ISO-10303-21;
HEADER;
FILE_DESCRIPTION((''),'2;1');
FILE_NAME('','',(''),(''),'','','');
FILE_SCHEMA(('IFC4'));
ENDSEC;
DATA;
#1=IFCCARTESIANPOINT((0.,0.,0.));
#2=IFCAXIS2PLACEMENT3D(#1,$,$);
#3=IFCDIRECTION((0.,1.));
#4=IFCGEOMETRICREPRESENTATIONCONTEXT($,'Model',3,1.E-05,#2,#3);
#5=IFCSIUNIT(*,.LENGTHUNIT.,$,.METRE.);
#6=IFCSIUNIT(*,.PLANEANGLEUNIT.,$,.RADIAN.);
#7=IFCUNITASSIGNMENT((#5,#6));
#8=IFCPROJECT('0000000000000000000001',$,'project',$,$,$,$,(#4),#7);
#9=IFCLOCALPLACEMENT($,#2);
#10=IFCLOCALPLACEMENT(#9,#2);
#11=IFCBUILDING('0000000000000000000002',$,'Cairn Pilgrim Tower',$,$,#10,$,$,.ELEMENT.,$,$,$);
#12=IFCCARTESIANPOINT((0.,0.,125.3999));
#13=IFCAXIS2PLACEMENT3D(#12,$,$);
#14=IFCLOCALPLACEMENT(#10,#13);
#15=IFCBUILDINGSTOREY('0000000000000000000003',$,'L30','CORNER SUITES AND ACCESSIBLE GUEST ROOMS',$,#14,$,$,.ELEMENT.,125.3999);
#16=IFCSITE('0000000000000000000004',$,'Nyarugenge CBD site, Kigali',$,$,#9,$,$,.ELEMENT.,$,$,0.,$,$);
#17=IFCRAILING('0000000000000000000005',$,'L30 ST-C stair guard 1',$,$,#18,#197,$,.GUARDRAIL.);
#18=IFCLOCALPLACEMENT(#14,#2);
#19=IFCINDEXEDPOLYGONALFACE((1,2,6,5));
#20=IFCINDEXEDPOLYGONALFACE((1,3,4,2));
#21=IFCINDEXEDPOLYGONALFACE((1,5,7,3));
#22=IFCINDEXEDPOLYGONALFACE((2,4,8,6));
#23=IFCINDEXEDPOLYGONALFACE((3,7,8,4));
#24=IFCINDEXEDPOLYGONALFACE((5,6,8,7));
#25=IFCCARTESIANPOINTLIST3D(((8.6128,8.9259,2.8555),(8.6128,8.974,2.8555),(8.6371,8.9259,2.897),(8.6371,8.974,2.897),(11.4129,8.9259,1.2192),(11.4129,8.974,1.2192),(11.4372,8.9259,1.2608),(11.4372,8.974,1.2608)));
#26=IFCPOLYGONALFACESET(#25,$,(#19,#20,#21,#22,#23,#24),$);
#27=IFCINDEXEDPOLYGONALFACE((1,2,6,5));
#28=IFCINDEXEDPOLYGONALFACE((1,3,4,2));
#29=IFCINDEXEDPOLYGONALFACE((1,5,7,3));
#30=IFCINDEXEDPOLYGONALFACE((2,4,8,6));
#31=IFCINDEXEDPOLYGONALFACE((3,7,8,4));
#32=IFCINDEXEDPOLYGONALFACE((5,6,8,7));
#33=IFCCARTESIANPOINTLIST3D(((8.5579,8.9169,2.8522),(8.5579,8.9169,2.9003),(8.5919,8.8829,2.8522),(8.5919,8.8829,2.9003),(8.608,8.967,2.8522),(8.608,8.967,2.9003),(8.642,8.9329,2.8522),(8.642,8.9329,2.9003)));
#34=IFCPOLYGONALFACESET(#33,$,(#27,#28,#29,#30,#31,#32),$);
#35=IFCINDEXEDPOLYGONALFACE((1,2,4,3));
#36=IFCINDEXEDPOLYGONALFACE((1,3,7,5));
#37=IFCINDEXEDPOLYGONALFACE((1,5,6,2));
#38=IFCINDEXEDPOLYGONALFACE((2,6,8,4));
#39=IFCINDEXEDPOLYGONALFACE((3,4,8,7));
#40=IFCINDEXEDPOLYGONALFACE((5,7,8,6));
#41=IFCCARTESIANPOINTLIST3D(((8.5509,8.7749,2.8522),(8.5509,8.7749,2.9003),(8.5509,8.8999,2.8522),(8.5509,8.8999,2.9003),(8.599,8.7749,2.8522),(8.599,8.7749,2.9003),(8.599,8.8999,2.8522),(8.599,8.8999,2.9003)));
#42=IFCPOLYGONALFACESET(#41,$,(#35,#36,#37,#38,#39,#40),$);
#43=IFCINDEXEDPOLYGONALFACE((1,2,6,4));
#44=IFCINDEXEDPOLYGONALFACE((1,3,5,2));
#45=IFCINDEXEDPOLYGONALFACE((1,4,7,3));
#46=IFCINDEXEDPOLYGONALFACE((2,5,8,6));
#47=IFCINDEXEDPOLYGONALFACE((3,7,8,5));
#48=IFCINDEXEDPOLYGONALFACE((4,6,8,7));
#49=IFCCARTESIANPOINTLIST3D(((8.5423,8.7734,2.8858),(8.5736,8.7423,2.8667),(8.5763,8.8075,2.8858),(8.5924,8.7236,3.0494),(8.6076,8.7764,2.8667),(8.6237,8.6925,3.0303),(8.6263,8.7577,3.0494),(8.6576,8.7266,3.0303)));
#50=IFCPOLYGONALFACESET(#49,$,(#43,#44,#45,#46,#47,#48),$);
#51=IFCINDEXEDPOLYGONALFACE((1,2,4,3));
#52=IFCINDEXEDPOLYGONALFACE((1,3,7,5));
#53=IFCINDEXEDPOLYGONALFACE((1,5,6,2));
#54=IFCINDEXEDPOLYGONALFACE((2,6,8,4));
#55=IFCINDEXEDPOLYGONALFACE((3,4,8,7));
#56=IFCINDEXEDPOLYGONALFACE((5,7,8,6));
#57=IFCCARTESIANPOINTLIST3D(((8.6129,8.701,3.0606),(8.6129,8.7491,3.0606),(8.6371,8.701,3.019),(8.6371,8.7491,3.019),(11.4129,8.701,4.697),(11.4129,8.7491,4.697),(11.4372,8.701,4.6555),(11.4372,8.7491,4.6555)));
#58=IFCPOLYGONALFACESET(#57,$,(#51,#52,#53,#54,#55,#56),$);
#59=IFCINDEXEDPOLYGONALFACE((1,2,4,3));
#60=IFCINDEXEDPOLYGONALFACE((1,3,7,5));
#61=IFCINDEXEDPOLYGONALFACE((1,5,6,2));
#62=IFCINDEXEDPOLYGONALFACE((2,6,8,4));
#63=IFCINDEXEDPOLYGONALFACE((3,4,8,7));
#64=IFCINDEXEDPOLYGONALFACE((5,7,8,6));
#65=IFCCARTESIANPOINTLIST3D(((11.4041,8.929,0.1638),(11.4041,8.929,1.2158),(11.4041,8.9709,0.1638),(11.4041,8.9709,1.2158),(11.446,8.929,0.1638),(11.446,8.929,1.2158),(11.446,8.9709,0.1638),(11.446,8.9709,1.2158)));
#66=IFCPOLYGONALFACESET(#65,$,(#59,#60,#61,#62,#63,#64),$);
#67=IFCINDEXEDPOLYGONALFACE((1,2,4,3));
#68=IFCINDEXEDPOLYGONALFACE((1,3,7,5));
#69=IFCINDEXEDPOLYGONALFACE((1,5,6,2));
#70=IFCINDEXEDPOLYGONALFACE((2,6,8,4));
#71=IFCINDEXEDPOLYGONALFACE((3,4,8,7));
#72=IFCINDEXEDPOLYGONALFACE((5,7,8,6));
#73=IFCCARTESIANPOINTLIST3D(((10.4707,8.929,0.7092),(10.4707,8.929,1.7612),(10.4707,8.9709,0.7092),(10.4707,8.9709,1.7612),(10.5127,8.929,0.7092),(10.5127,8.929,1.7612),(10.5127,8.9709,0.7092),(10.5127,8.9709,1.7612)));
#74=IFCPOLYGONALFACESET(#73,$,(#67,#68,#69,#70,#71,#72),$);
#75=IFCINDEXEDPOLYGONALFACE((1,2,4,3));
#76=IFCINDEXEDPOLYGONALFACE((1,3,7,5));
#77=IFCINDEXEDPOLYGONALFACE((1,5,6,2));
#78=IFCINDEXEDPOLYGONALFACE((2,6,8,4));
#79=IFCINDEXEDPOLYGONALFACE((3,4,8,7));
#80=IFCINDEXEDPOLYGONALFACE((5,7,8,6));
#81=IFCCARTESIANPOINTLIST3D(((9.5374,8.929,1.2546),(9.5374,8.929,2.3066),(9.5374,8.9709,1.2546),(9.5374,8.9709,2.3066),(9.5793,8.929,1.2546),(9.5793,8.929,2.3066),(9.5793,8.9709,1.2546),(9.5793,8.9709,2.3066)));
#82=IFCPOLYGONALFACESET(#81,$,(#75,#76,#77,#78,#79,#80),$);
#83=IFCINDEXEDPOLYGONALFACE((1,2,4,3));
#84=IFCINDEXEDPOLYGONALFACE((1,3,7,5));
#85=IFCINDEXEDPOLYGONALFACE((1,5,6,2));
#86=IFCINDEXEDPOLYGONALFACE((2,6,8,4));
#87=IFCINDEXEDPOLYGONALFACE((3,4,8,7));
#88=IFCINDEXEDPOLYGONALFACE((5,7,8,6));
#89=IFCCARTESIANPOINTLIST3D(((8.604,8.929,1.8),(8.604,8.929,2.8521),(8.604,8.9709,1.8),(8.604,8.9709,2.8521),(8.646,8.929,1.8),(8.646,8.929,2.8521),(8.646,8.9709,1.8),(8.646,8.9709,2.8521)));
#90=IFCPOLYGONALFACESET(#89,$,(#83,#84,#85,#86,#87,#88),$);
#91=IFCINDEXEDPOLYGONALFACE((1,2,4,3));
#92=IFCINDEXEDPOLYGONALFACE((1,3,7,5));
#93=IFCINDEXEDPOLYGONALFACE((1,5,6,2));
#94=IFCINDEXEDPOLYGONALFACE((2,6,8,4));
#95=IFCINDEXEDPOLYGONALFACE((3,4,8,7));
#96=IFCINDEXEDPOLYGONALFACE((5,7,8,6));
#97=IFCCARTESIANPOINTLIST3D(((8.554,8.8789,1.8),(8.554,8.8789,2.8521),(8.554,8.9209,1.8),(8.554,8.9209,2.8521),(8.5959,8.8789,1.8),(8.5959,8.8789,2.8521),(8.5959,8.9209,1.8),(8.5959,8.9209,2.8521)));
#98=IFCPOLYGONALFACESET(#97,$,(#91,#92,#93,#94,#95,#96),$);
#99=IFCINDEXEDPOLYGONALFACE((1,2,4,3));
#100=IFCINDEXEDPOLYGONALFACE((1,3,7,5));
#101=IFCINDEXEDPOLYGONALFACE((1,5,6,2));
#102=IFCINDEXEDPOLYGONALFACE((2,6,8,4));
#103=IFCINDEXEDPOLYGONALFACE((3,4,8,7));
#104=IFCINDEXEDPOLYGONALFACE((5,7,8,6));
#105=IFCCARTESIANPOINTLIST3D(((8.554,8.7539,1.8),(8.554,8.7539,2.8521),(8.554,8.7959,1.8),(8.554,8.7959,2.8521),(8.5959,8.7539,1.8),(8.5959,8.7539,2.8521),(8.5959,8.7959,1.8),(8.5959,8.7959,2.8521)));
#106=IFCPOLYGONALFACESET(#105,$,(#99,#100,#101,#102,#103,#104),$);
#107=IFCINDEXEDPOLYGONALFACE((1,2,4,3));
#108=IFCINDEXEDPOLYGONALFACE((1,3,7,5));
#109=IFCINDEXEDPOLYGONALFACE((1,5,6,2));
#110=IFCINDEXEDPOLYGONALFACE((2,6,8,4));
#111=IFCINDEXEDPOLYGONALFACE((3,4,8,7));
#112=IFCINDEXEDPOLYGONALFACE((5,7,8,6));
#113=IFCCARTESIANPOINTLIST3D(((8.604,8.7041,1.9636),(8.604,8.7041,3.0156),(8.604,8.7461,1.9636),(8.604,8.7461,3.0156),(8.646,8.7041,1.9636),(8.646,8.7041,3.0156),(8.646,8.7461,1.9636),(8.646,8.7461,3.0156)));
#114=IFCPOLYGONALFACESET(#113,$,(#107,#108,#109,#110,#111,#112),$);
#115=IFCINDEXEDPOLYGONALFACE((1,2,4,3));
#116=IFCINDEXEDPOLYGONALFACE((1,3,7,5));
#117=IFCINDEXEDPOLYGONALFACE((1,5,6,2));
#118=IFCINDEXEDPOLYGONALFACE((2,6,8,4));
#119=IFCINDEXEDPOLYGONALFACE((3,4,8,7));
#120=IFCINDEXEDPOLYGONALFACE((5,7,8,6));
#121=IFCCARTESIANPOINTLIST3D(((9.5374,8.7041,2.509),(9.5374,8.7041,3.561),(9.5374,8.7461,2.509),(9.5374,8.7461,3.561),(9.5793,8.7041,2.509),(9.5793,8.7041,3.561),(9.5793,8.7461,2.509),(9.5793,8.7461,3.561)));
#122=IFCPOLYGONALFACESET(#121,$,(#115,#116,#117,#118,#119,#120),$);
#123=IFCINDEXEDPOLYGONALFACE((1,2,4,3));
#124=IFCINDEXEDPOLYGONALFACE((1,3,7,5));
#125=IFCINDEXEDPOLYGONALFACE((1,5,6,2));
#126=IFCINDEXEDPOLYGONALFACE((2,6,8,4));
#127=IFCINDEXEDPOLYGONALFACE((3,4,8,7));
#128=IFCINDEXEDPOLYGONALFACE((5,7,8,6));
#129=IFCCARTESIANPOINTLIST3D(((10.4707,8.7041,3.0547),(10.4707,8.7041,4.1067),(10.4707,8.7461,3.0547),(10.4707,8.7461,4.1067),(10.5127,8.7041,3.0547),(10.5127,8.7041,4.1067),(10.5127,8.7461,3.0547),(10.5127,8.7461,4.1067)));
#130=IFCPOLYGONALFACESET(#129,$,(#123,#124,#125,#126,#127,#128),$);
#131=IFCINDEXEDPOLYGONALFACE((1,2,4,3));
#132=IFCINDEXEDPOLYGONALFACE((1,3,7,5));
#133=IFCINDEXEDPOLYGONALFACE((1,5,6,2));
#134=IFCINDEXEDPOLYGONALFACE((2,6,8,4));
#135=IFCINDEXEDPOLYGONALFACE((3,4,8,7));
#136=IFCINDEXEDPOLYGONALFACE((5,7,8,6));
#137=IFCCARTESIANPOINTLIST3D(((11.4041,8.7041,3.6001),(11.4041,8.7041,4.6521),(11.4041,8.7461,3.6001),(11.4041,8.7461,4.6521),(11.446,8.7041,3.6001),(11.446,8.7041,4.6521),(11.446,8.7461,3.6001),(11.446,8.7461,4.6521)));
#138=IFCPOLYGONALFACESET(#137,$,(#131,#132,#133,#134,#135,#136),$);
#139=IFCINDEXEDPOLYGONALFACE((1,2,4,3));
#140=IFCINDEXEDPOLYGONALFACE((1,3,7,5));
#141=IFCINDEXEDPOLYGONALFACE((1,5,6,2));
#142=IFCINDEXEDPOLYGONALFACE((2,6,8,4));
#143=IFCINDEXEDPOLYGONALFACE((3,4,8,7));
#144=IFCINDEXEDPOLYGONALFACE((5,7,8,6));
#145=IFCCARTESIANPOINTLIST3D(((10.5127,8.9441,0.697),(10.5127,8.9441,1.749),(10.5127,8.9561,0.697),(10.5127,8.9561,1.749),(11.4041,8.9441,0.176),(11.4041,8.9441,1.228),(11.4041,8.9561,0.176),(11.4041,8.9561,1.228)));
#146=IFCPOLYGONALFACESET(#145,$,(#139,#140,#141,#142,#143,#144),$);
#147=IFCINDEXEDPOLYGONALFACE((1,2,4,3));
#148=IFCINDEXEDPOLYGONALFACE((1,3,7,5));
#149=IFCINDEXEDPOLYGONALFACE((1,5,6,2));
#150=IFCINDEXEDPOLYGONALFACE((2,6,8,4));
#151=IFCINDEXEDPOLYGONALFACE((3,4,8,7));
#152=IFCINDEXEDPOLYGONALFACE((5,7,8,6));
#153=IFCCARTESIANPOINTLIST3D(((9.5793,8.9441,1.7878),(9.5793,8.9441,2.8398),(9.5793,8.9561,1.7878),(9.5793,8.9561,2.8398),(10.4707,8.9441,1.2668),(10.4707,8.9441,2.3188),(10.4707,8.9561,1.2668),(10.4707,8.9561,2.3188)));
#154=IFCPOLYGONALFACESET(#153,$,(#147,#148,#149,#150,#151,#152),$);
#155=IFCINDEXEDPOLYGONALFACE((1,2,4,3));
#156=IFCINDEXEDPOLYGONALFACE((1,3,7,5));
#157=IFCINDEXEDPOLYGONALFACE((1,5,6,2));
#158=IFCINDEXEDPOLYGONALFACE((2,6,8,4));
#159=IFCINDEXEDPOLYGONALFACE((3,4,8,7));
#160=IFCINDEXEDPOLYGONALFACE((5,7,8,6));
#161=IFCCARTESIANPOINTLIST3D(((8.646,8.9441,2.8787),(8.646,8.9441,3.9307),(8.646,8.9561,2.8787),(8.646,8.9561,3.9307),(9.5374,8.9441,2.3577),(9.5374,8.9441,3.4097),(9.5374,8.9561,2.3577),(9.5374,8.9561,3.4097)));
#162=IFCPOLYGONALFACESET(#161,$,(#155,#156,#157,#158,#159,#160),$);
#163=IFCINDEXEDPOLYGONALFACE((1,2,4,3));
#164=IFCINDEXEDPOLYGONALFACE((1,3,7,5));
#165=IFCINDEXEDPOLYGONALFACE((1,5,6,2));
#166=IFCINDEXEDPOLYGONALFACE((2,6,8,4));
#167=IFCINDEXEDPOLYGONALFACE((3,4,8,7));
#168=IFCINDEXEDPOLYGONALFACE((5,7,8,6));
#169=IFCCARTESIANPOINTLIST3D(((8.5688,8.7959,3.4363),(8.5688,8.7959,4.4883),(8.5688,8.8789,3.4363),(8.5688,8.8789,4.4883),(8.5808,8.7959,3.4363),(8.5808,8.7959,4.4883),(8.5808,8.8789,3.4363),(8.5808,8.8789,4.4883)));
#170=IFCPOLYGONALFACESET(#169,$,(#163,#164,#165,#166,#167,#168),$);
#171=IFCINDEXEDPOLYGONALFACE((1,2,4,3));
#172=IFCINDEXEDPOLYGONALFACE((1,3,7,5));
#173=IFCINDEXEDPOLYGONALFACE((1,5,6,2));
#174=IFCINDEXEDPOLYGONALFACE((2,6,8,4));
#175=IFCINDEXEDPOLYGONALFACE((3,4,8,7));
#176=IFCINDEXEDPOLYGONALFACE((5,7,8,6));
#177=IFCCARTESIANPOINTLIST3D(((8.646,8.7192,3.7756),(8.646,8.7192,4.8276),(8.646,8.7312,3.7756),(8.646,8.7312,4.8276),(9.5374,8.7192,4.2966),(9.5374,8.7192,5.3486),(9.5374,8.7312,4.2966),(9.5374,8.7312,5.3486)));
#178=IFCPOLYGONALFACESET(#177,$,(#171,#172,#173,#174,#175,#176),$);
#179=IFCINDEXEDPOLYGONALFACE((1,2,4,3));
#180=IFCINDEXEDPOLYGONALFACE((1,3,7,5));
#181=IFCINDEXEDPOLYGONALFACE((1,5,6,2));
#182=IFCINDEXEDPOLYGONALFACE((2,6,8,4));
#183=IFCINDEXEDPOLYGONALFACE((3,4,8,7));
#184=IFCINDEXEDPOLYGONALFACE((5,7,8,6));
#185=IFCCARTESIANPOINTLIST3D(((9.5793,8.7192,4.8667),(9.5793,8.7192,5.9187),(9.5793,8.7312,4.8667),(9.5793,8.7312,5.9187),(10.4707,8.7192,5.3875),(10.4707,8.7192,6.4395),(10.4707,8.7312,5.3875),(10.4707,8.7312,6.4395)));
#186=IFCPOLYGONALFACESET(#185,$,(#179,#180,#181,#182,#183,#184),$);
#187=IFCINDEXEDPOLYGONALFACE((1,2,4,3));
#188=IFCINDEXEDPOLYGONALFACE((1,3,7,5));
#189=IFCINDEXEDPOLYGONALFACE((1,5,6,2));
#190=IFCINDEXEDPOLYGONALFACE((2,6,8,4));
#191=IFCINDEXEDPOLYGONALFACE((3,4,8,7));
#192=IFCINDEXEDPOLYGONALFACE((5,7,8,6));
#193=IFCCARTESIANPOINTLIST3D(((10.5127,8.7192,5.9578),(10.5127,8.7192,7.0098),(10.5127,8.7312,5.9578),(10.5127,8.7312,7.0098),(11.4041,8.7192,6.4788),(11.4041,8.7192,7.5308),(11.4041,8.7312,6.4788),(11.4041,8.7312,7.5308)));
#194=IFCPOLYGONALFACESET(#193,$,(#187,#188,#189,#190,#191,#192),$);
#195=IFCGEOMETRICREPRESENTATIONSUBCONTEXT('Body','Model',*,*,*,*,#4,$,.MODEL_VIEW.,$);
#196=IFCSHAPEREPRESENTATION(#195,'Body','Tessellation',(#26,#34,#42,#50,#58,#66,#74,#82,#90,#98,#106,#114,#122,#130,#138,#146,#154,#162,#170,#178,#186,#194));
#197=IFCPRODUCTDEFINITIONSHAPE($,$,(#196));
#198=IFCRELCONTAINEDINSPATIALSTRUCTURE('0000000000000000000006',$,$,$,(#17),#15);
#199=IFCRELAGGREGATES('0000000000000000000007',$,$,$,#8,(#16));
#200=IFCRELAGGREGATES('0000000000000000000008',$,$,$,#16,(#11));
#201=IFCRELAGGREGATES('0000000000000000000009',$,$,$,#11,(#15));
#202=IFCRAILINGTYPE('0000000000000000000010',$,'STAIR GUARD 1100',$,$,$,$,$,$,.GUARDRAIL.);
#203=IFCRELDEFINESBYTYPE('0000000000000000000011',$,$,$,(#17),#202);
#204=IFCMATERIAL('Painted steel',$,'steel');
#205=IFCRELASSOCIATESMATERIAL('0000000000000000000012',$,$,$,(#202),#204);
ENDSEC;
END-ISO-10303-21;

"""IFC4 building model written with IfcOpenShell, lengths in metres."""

from ifc_helpers import new_model, si_unit, direction, frame, origin, origin_2d, place, context, subcontext, project, spatial, polyline, rectangle, outline, extrude, material, type_object, element, save


model = new_model("IFC4")

# Units and contexts
model_context = context("Model", 3, precision=1e-05, world=origin(), true_north=direction((0.0, 1.0)))
body_context = subcontext(model_context, "Body", "Model", "MODEL_VIEW")
ifc_project = project(units=[si_unit("LENGTHUNIT", "METRE"), si_unit("PLANEANGLEUNIT", "RADIAN")], contexts=[model_context])

# Site, building, storey
site_placement = place(None, origin())
site = spatial("IfcSite", under=ifc_project, at=site_placement, Name="Nyarugenge CBD site, Kigali", CompositionType="ELEMENT", RefElevation=0.0)
building_placement = place(site_placement, origin())
building = spatial("IfcBuilding", under=site, at=building_placement, Name="Cairn Pilgrim Tower", CompositionType="ELEMENT")
storey_placement = place(building_placement, frame((0.0, 0.0, 125.3999)))
storey = spatial("IfcBuildingStorey", under=building, at=storey_placement, Name="L30", Description="CORNER SUITES AND ACCESSIBLE GUEST ROOMS", CompositionType="ELEMENT", Elevation=125.3999)

# Shared definitions
ifc_material_1 = material(Name="Painted steel", Category="steel")

# Railing
railing_type_1 = type_object("IfcRailingType", Name="STAIR GUARD 1100", PredefinedType="GUARDRAIL", material=ifc_material_1)
railing_1_placement = place(storey_placement, frame((11.425, 8.95, 0.1638)))
element("IfcRailing", 1, at=railing_1_placement, inside=storey, type_object=railing_type_1, Name="L30 ST-C stair guard 1", PredefinedType="GUARDRAIL", context=body_context, shape_type="SweptSolid", body=[
    extrude(rectangle(XDim=0.0481, YDim=0.0481, at=origin_2d()), frame((0.0, 0.0, 1.0762), z_axis=(-0.863394, 0.0, 0.504531), x_axis=(0.0, -1.0, 0.0)), (0.0, 0.0, 1.0), 3.2432),
    extrude(rectangle(XDim=0.0481, YDim=0.0481, at=origin_2d()), frame((-2.8, 0.0, 2.7124), z_axis=(-0.707107, -0.707107, 0.0), x_axis=(0.707107, -0.707107, 0.0)), (0.0, 0.0, 1.0), 0.0708),
    extrude(rectangle(XDim=0.0481, YDim=0.0481, at=origin_2d()), frame((-2.8501, -0.05, 2.7124), z_axis=(0.0, -1.0, 0.0), x_axis=(1.0, 0.0, 0.0)), (0.0, 0.0, 1.0), 0.125),
    extrude(rectangle(XDim=0.0481, YDim=0.0481, at=origin_2d()), frame((-2.8501, -0.175, 2.7124), z_axis=(0.280917, -0.279546, 0.918118), x_axis=(0.705376, 0.708834, 0.0)), (0.0, 0.0, 1.0), 0.1782),
    extrude(rectangle(XDim=0.0481, YDim=0.0481, at=origin_2d()), frame((-2.8, -0.2249, 2.876), z_axis=(0.863361, 0.0, 0.504587), x_axis=(0.0, 1.0, 0.0)), (0.0, 0.0, 1.0), 3.2432),
    extrude(rectangle(XDim=0.042, YDim=0.042, at=origin_2d()), origin(), (0.0, 0.0, 1.0), 1.052),
    extrude(rectangle(XDim=0.042, YDim=0.042, at=origin_2d()), frame((-0.9333, 0.0, 0.5454)), (0.0, 0.0, 1.0), 1.052),
    extrude(rectangle(XDim=0.042, YDim=0.042, at=origin_2d()), frame((-1.8667, 0.0, 1.0908)), (0.0, 0.0, 1.0), 1.052),
    extrude(rectangle(XDim=0.042, YDim=0.042, at=origin_2d()), frame((-2.8, 0.0, 1.6362)), (0.0, 0.0, 1.0), 1.052),
    extrude(rectangle(XDim=0.042, YDim=0.042, at=origin_2d()), frame((-2.8501, -0.05, 1.6362)), (0.0, 0.0, 1.0), 1.052),
    extrude(rectangle(XDim=0.042, YDim=0.042, at=origin_2d()), frame((-2.8501, -0.175, 1.6362)), (0.0, 0.0, 1.0), 1.052),
    extrude(rectangle(XDim=0.042, YDim=0.042, at=origin_2d()), frame((-2.8, -0.2249, 1.7998)), (0.0, 0.0, 1.0), 1.052),
    extrude(rectangle(XDim=0.042, YDim=0.042, at=origin_2d()), frame((-1.8667, -0.2249, 2.3452)), (0.0, 0.0, 1.0), 1.052),
    extrude(rectangle(XDim=0.042, YDim=0.042, at=origin_2d()), frame((-0.9333, -0.2249, 2.8909)), (0.0, 0.0, 1.0), 1.052),
    extrude(rectangle(XDim=0.042, YDim=0.042, at=origin_2d()), frame((0.0, -0.2249, 3.4363)), (0.0, 0.0, 1.0), 1.052),
    extrude(outline(polyline([(0.021, 0.0122), (0.9124, 0.5332), (0.9124, 1.5852), (0.021, 1.0642), (0.021, 0.0122)])), frame((0.0, -0.0059, 0.0), z_axis=(0.0, 1.0, 0.0), x_axis=(-1.0, 0.0, 0.0)), (0.0, 0.0, 1.0), 0.012),
    extrude(outline(polyline([(0.021, 0.5576), (0.9124, 1.0786), (0.9124, 2.1306), (0.021, 1.6096), (0.021, 0.5576)])), frame((-0.9333, -0.0059, 0.5454), z_axis=(0.0, 1.0, 0.0), x_axis=(-1.0, 0.0, 0.0)), (0.0, 0.0, 1.0), 0.012),
    extrude(outline(polyline([(0.021, 1.103), (0.9124, 1.624), (0.9124, 2.676), (0.021, 2.155), (0.021, 1.103)])), frame((-1.8667, -0.0059, 1.0908), z_axis=(0.0, 1.0, 0.0), x_axis=(-1.0, 0.0, 0.0)), (0.0, 0.0, 1.0), 0.012),
    extrude(outline(polyline([(0.021, 1.6362), (0.104, 1.6362), (0.104, 2.6882), (0.021, 2.6882), (0.021, 1.6362)])), frame((-2.8442, -0.05, 1.6362), z_axis=(-1.0, 0.0, 0.0), x_axis=(0.0, -1.0, 0.0)), (0.0, 0.0, 1.0), 0.012),
    extrude(outline(polyline([(0.021, 1.812), (0.9124, 2.333), (0.9124, 3.385), (0.021, 2.864), (0.021, 1.812)])), frame((-2.8, -0.2188, 1.7998), z_axis=(0.0, -1.0, 0.0), x_axis=(1.0, 0.0, 0.0)), (0.0, 0.0, 1.0), 0.012),
    extrude(outline(polyline([(0.021, 2.3577), (0.9124, 2.8784), (0.9124, 3.9304), (0.021, 3.4097), (0.021, 2.3577)])), frame((-1.8667, -0.2188, 2.3452), z_axis=(0.0, -1.0, 0.0), x_axis=(1.0, 0.0, 0.0)), (0.0, 0.0, 1.0), 0.012),
    extrude(outline(polyline([(0.021, 2.9031), (0.9124, 3.4241), (0.9124, 4.4761), (0.021, 3.9551), (0.021, 2.9031)])), frame((-0.9333, -0.2188, 2.8909), z_axis=(0.0, -1.0, 0.0), x_axis=(1.0, 0.0, 0.0)), (0.0, 0.0, 1.0), 0.012),
])

save(model, "model.ifc")
